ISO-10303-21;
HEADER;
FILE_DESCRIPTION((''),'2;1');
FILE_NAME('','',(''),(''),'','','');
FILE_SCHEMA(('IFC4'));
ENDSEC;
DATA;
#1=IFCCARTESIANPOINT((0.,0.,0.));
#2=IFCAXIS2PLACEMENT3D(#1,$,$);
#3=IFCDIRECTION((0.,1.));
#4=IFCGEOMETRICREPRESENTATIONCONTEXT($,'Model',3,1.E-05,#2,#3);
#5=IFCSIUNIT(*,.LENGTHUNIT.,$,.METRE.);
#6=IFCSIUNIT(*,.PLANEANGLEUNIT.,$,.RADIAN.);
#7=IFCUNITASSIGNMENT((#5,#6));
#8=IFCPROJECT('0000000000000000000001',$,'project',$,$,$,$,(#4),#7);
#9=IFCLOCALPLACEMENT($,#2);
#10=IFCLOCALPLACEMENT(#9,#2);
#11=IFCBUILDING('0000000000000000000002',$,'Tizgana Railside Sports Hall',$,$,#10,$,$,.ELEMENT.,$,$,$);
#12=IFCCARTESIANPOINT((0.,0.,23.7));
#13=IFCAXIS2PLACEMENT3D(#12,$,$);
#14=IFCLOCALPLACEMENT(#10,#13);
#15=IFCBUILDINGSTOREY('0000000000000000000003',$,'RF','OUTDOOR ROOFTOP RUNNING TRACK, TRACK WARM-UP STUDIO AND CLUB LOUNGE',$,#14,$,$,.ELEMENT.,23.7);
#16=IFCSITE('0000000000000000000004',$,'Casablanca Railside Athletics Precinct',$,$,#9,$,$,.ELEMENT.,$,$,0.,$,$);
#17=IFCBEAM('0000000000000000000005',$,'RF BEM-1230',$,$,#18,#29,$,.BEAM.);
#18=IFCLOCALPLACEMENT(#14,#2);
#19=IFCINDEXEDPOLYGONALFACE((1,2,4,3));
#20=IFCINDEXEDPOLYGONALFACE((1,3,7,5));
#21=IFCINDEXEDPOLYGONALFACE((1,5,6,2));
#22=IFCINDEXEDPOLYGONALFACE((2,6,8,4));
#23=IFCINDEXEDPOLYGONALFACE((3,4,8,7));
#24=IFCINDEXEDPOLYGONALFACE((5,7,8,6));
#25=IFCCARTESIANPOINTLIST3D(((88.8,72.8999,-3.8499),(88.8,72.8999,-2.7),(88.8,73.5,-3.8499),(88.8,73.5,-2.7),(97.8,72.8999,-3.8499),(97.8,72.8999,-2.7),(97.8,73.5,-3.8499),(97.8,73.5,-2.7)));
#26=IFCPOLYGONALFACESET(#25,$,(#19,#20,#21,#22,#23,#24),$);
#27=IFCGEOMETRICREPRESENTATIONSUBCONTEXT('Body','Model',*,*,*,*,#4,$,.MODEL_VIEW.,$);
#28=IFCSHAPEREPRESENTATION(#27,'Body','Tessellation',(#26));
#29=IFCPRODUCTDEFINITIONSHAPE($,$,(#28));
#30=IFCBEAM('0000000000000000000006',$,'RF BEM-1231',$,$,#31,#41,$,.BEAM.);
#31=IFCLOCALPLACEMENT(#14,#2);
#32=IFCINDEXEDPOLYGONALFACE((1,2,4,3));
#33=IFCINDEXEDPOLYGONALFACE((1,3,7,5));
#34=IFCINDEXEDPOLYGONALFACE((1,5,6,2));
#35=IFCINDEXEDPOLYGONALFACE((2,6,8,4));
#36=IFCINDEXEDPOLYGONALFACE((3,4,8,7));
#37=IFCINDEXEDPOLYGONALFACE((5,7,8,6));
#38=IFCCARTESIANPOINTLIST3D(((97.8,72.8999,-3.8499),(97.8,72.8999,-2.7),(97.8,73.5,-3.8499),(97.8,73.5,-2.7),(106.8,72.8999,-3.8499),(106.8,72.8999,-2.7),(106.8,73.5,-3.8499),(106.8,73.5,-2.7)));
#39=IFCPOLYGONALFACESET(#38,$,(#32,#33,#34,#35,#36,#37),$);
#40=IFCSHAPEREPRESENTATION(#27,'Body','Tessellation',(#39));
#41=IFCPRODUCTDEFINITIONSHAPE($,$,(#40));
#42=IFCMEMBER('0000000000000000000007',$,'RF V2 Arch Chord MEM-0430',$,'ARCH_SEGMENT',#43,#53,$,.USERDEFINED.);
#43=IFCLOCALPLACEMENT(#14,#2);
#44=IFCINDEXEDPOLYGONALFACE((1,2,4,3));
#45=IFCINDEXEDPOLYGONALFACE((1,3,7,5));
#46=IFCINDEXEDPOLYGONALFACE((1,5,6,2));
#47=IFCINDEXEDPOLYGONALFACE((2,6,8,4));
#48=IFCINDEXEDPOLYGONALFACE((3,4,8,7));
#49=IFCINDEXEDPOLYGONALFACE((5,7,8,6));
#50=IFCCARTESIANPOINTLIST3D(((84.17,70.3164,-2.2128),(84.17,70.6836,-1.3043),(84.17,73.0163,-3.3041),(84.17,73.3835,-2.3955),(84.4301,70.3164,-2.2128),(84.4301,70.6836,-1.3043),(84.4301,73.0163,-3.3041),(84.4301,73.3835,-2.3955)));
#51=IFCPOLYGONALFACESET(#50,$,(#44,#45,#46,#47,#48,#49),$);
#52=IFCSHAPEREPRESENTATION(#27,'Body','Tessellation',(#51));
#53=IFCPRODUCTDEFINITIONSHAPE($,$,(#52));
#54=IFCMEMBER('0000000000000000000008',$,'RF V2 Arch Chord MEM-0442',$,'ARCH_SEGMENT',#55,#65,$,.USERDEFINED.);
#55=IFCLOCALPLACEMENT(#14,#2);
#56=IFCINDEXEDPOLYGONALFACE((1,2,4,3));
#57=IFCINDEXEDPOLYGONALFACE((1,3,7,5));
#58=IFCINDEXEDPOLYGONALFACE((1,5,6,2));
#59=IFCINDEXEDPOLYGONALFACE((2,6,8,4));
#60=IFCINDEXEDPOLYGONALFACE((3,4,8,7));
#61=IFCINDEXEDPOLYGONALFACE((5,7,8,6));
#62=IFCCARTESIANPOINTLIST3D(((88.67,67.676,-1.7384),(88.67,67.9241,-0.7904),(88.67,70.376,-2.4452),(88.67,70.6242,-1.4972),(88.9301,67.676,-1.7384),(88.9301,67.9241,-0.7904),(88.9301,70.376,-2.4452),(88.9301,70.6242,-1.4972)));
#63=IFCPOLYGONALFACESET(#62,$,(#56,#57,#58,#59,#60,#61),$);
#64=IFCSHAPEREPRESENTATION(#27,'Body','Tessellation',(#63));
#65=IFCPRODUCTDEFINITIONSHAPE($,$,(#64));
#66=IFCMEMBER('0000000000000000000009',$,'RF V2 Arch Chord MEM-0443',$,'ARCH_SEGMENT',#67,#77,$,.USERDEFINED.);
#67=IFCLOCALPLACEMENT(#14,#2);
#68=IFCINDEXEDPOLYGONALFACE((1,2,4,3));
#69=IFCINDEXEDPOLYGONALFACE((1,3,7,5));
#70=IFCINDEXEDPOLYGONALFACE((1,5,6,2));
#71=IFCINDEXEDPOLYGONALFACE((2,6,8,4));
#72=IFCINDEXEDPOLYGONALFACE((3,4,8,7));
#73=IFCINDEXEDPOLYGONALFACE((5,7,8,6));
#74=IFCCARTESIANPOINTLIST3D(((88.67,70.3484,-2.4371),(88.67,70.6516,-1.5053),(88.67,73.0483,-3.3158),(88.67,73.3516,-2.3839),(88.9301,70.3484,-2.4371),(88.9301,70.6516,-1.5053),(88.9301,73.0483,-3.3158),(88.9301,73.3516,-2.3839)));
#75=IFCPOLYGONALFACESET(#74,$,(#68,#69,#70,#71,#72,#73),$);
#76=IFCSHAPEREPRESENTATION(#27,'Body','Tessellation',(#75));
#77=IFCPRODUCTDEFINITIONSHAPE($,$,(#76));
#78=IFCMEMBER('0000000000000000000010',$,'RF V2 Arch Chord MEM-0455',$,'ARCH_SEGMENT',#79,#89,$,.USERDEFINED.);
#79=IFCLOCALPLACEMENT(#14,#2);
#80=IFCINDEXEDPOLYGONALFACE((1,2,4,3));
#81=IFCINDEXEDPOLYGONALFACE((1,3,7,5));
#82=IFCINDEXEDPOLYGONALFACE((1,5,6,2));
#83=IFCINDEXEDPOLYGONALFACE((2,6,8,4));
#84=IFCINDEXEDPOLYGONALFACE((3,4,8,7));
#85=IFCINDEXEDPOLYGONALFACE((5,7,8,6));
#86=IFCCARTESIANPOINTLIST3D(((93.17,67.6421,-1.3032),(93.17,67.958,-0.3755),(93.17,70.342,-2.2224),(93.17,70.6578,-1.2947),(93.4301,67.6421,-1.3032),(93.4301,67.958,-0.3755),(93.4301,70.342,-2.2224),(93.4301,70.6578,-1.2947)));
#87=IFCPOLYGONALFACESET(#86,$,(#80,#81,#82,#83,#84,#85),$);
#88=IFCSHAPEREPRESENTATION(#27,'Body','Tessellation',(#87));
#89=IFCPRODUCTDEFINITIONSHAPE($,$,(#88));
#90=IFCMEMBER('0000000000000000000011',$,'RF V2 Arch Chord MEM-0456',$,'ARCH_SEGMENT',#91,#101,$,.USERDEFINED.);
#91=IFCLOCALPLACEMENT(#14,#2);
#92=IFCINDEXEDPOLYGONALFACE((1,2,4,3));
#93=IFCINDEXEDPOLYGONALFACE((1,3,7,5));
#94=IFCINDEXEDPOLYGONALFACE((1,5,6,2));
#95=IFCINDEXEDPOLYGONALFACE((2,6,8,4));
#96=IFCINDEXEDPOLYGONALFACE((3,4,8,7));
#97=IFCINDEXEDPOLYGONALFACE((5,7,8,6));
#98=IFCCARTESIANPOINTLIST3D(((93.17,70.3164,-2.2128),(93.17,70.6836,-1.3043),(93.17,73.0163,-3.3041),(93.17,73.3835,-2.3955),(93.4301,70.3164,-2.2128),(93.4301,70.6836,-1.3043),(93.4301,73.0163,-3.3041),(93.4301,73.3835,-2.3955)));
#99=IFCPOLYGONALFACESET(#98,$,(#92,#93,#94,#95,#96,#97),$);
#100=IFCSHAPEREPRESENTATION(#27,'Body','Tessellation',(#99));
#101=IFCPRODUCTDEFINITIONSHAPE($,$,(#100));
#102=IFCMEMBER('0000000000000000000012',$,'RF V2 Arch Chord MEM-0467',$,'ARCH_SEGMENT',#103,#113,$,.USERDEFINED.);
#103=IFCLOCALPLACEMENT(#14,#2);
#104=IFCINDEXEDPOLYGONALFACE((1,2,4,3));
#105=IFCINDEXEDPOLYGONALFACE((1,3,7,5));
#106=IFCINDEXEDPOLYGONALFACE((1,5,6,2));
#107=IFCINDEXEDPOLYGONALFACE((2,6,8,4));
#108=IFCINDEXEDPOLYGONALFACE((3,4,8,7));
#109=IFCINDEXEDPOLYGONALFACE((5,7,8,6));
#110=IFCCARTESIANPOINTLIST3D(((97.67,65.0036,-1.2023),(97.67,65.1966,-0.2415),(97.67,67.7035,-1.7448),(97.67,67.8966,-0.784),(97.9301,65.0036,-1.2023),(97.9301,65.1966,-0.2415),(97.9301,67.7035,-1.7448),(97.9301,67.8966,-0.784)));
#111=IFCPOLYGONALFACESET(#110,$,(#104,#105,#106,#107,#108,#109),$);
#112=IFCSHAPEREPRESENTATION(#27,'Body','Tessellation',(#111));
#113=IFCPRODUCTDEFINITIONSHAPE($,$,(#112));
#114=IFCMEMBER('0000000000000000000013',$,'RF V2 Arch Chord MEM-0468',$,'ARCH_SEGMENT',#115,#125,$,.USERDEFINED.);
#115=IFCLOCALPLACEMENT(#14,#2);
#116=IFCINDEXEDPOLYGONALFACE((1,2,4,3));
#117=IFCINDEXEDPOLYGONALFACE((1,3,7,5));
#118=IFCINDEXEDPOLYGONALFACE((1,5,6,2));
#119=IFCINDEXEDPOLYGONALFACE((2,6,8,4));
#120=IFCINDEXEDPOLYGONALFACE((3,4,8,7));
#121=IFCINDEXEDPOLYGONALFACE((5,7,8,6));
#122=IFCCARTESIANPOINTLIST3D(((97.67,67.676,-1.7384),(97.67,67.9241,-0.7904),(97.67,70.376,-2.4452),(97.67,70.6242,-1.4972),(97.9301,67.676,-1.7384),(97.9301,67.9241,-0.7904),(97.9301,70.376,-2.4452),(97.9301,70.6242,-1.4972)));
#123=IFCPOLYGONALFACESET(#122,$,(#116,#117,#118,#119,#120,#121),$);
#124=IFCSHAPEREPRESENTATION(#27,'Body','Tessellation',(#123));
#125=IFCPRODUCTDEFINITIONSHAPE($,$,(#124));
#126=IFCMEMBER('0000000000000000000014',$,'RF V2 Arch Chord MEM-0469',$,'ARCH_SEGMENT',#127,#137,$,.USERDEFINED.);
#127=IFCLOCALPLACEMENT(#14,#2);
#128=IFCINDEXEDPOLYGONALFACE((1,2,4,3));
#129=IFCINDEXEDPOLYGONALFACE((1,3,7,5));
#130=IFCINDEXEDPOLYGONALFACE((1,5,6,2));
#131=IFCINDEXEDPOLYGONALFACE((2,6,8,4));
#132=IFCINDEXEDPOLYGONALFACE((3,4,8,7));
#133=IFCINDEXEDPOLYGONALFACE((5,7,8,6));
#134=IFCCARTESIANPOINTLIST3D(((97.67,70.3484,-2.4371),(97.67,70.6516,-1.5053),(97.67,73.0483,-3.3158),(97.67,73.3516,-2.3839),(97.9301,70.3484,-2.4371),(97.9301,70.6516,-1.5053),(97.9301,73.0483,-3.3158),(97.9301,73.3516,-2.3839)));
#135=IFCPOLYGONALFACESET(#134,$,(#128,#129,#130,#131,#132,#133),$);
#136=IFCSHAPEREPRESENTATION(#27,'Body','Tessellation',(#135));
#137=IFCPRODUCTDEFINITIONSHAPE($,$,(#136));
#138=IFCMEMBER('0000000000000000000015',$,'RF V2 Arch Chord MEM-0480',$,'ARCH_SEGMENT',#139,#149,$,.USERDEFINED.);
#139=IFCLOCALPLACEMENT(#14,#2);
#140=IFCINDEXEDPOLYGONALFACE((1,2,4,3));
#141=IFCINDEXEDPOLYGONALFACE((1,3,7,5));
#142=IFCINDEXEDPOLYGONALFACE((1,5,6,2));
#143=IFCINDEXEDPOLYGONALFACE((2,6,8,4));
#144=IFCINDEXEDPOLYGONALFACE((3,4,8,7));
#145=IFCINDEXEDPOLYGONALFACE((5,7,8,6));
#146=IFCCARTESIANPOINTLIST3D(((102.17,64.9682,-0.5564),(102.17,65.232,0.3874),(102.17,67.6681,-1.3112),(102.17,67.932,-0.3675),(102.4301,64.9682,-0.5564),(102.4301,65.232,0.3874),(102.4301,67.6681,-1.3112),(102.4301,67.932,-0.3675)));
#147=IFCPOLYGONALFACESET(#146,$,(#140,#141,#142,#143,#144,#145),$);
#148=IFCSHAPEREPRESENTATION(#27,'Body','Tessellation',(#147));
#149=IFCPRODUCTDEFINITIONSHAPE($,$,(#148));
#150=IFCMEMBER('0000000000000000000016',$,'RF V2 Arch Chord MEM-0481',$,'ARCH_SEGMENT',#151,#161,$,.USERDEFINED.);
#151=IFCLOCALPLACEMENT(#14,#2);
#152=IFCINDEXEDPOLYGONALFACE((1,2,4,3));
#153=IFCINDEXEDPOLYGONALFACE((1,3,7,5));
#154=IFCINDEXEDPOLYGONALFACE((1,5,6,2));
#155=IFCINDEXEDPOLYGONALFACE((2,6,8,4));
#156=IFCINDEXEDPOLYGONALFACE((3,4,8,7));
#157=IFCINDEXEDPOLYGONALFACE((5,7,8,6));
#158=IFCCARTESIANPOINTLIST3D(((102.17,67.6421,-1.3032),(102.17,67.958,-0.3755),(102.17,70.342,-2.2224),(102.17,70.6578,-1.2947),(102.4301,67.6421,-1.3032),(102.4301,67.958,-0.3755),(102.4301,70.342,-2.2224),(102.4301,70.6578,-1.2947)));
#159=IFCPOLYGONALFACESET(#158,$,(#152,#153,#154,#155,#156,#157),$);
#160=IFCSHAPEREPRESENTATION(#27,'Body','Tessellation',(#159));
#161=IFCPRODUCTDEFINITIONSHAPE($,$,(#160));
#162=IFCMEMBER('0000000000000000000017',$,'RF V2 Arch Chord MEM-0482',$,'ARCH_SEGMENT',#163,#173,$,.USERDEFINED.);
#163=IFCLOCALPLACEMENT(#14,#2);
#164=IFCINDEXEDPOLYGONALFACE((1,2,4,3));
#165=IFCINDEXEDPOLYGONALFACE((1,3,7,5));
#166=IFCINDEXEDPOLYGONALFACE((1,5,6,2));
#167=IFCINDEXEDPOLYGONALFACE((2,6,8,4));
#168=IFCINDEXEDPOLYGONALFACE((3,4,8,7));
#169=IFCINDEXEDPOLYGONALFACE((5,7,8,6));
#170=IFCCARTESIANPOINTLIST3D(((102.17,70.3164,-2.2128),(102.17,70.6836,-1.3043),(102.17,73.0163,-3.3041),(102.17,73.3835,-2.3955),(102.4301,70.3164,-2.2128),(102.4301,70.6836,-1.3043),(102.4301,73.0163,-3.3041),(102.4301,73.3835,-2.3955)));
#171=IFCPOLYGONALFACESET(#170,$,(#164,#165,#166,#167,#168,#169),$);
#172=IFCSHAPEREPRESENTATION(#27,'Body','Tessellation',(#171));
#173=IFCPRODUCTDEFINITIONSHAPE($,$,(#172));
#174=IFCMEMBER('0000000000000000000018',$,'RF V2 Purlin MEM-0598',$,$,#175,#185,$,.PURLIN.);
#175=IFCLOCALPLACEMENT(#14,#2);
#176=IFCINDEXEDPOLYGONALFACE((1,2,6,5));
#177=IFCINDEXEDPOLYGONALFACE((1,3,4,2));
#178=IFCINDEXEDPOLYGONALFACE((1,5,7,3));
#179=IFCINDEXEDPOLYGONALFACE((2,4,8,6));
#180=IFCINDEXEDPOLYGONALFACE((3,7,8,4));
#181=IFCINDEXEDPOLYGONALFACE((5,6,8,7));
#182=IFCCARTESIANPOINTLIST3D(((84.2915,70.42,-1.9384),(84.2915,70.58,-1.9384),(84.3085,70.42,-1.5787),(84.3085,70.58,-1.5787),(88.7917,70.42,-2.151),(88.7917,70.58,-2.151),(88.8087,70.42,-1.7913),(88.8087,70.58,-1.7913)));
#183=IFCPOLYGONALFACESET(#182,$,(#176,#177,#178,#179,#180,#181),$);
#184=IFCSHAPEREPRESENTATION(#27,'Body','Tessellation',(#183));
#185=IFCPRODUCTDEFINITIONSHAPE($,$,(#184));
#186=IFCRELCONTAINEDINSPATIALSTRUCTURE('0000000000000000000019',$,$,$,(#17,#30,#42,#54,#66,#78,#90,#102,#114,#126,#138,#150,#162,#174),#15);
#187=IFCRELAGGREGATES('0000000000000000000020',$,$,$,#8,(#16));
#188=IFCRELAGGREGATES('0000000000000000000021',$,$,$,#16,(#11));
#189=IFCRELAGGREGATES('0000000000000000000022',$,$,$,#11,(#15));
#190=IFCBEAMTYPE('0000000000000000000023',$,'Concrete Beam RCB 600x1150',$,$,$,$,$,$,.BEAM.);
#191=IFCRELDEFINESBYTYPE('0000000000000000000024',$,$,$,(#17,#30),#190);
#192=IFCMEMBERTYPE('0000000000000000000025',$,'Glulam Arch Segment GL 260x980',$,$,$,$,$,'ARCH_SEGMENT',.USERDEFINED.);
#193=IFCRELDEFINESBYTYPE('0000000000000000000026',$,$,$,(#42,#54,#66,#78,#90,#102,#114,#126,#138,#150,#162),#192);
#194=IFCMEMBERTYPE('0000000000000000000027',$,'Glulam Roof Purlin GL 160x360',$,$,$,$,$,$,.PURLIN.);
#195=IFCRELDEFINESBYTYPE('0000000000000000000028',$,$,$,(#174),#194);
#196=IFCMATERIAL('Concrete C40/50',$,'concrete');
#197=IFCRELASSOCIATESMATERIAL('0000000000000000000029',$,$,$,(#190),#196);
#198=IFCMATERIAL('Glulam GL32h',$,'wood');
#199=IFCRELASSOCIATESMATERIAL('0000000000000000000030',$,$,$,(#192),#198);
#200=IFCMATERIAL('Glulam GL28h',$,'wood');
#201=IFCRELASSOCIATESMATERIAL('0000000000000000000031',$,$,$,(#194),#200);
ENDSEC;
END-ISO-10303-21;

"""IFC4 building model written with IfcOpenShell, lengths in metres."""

from ifc_helpers import new_model, si_unit, direction, frame, origin, origin_2d, place, context, subcontext, project, spatial, rectangle, extrude, material, material_profile, profile_set, type_object, element, save


model = new_model("IFC4")

# Units and contexts
model_context = context("Model", 3, precision=1e-05, world=origin(), true_north=direction((0.0, 1.0)))
body_context = subcontext(model_context, "Body", "Model", "MODEL_VIEW")
ifc_project = project(units=[si_unit("LENGTHUNIT", "METRE"), si_unit("PLANEANGLEUNIT", "RADIAN")], contexts=[model_context])

# Site, building, storey
site_placement = place(None, origin())
site = spatial("IfcSite", under=ifc_project, at=site_placement, Name="Casablanca Railside Athletics Precinct", CompositionType="ELEMENT", RefElevation=0.0)
building_placement = place(site_placement, origin())
building = spatial("IfcBuilding", under=site, at=building_placement, Name="Tizgana Railside Sports Hall", CompositionType="ELEMENT")
storey_placement = place(building_placement, frame((0.0, 0.0, 23.7)))
storey = spatial("IfcBuildingStorey", under=building, at=storey_placement, Name="RF", Description="OUTDOOR ROOFTOP RUNNING TRACK, TRACK WARM-UP STUDIO AND CLUB LOUNGE", CompositionType="ELEMENT", Elevation=23.7)

# Beams
ifc_material_1 = material(Name="Concrete C40/50", Category="concrete")
ifc_material_profile_1 = material_profile(ifc_material_1, rectangle(XDim=0.6001, YDim=1.1499, at=origin_2d()), Name="RCB 600x1150")
ifc_profile_set_1 = profile_set([ifc_material_profile_1], Name="Concrete C40/50")
beam_type = type_object("IfcBeamType", Name="Concrete Beam RCB 600x1150", PredefinedType="BEAM", material=ifc_profile_set_1)
for number, where, z_axis, x_axis, name in (
    (1, (88.8, 73.2, -3.2749), (1.0, 0.0, 0.0), (0.0, 1.0, 0.0), "RF BEM-1230"),
    (2, (97.8, 73.2, -3.2749), (1.0, 0.0, 0.0), (0.0, 1.0, 0.0), "RF BEM-1231"),
):
    element("IfcBeam", number, at=place(storey_placement, frame(where, z_axis=z_axis, x_axis=x_axis)), inside=storey, type_object=beam_type, Name=name, PredefinedType="BEAM", context=body_context, shape_type="SweptSolid", body=[
        extrude(rectangle(XDim=0.6001, YDim=1.1499, at=origin_2d()), origin(), (0.0, 0.0, 1.0), 9.0),
    ])

# Members
ifc_material_2 = material(Name="Glulam GL32h", Category="wood")
ifc_material_profile_2 = material_profile(ifc_material_2, rectangle(XDim=0.26, YDim=0.98, at=origin_2d()), Name="GL 260x980")
ifc_profile_set_2 = profile_set([ifc_material_profile_2], Name="Glulam GL32h")
member_type_1 = type_object("IfcMemberType", Name="Glulam Arch Segment GL 260x980", ElementType="ARCH_SEGMENT", PredefinedType="USERDEFINED", material=ifc_profile_set_2)
member_1_placement = place(storey_placement, frame((84.3, 70.5, -1.7585), z_axis=(0.0, 0.927129, -0.374742), x_axis=(-1.0, 0.0, 0.0)))
element("IfcMember", 3, at=member_1_placement, inside=storey, type_object=member_type_1, Name="RF V2 Arch Chord MEM-0430", ObjectType="ARCH_SEGMENT", PredefinedType="USERDEFINED", context=body_context, shape_type="SweptSolid", body=[
    extrude(rectangle(XDim=0.26, YDim=0.98, at=origin_2d()), origin(), (0.0, 0.0, 1.0), 2.9121),
])
member_2_placement = place(storey_placement, frame((88.8, 67.8, -1.2644), z_axis=(0.0, 0.967402, -0.253244), x_axis=(-1.0, 0.0, 0.0)))
element("IfcMember", 4, at=member_2_placement, inside=storey, type_object=member_type_1, Name="RF V2 Arch Chord MEM-0442", ObjectType="ARCH_SEGMENT", PredefinedType="USERDEFINED", context=body_context, shape_type="SweptSolid", body=[
    extrude(rectangle(XDim=0.26, YDim=0.98, at=origin_2d()), origin(), (0.0, 0.0, 1.0), 2.791),
])
member_3_placement = place(storey_placement, frame((88.8, 70.5, -1.9712), z_axis=(0.0, 0.950912, -0.309461), x_axis=(-1.0, 0.0, 0.0)))
element("IfcMember", 5, at=member_3_placement, inside=storey, type_object=member_type_1, Name="RF V2 Arch Chord MEM-0443", ObjectType="ARCH_SEGMENT", PredefinedType="USERDEFINED", context=body_context, shape_type="SweptSolid", body=[
    extrude(rectangle(XDim=0.26, YDim=0.98, at=origin_2d()), origin(), (0.0, 0.0, 1.0), 2.8394),
])
member_4_placement = place(storey_placement, frame((93.3, 67.8, -0.8394), z_axis=(0.0, 0.946644, -0.322282), x_axis=(-1.0, 0.0, 0.0)))
element("IfcMember", 6, at=member_4_placement, inside=storey, type_object=member_type_1, Name="RF V2 Arch Chord MEM-0455", ObjectType="ARCH_SEGMENT", PredefinedType="USERDEFINED", context=body_context, shape_type="SweptSolid", body=[
    extrude(rectangle(XDim=0.26, YDim=0.98, at=origin_2d()), origin(), (0.0, 0.0, 1.0), 2.8521),
])
member_5_placement = place(storey_placement, frame((93.3, 70.5, -1.7585), z_axis=(0.0, 0.927129, -0.374742), x_axis=(-1.0, 0.0, 0.0)))
element("IfcMember", 7, at=member_5_placement, inside=storey, type_object=member_type_1, Name="RF V2 Arch Chord MEM-0456", ObjectType="ARCH_SEGMENT", PredefinedType="USERDEFINED", context=body_context, shape_type="SweptSolid", body=[
    extrude(rectangle(XDim=0.26, YDim=0.98, at=origin_2d()), origin(), (0.0, 0.0, 1.0), 2.9121),
])
member_6_placement = place(storey_placement, frame((97.8, 65.1001, -0.7219), z_axis=(0.0, 0.980406, -0.196986), x_axis=(-1.0, 0.0, 0.0)))
element("IfcMember", 8, at=member_6_placement, inside=storey, type_object=member_type_1, Name="RF V2 Arch Chord MEM-0467", ObjectType="ARCH_SEGMENT", PredefinedType="USERDEFINED", context=body_context, shape_type="SweptSolid", body=[
    extrude(rectangle(XDim=0.26, YDim=0.98, at=origin_2d()), origin(), (0.0, 0.0, 1.0), 2.7539),
])
member_7_placement = place(storey_placement, frame((97.8, 67.8, -1.2644), z_axis=(0.0, 0.967402, -0.253244), x_axis=(-1.0, 0.0, 0.0)))
element("IfcMember", 9, at=member_7_placement, inside=storey, type_object=member_type_1, Name="RF V2 Arch Chord MEM-0468", ObjectType="ARCH_SEGMENT", PredefinedType="USERDEFINED", context=body_context, shape_type="SweptSolid", body=[
    extrude(rectangle(XDim=0.26, YDim=0.98, at=origin_2d()), origin(), (0.0, 0.0, 1.0), 2.791),
])
member_8_placement = place(storey_placement, frame((97.8, 70.5, -1.9712), z_axis=(0.0, 0.950912, -0.309461), x_axis=(-1.0, 0.0, 0.0)))
element("IfcMember", 10, at=member_8_placement, inside=storey, type_object=member_type_1, Name="RF V2 Arch Chord MEM-0469", ObjectType="ARCH_SEGMENT", PredefinedType="USERDEFINED", context=body_context, shape_type="SweptSolid", body=[
    extrude(rectangle(XDim=0.26, YDim=0.98, at=origin_2d()), origin(), (0.0, 0.0, 1.0), 2.8394),
])
member_9_placement = place(storey_placement, frame((102.3, 65.1001, -0.0845), z_axis=(0.0, 0.963066, -0.269265), x_axis=(-1.0, 0.0, 0.0)))
element("IfcMember", 11, at=member_9_placement, inside=storey, type_object=member_type_1, Name="RF V2 Arch Chord MEM-0480", ObjectType="ARCH_SEGMENT", PredefinedType="USERDEFINED", context=body_context, shape_type="SweptSolid", body=[
    extrude(rectangle(XDim=0.26, YDim=0.98, at=origin_2d()), origin(), (0.0, 0.0, 1.0), 2.8035),
])
member_10_placement = place(storey_placement, frame((102.3, 67.8, -0.8394), z_axis=(0.0, 0.946644, -0.322282), x_axis=(-1.0, 0.0, 0.0)))
element("IfcMember", 12, at=member_10_placement, inside=storey, type_object=member_type_1, Name="RF V2 Arch Chord MEM-0481", ObjectType="ARCH_SEGMENT", PredefinedType="USERDEFINED", context=body_context, shape_type="SweptSolid", body=[
    extrude(rectangle(XDim=0.26, YDim=0.98, at=origin_2d()), origin(), (0.0, 0.0, 1.0), 2.8521),
])
member_11_placement = place(storey_placement, frame((102.3, 70.5, -1.7585), z_axis=(0.0, 0.927129, -0.374742), x_axis=(-1.0, 0.0, 0.0)))
element("IfcMember", 13, at=member_11_placement, inside=storey, type_object=member_type_1, Name="RF V2 Arch Chord MEM-0482", ObjectType="ARCH_SEGMENT", PredefinedType="USERDEFINED", context=body_context, shape_type="SweptSolid", body=[
    extrude(rectangle(XDim=0.26, YDim=0.98, at=origin_2d()), origin(), (0.0, 0.0, 1.0), 2.9121),
])
ifc_material_3 = material(Name="Glulam GL28h", Category="wood")
ifc_material_profile_3 = material_profile(ifc_material_3, rectangle(XDim=0.1599, YDim=0.3601, at=origin_2d()), Name="GL 160x360")
ifc_profile_set_3 = profile_set([ifc_material_profile_3], Name="Glulam GL28h")
member_type_2 = type_object("IfcMemberType", Name="Glulam Roof Purlin GL 160x360", PredefinedType="PURLIN", material=ifc_profile_set_3)
member_12_placement = place(storey_placement, frame((84.3, 70.5, -1.7585), z_axis=(0.998885, 0.0, -0.047202), x_axis=(0.0, 1.0, 0.0)))
element("IfcMember", 14, at=member_12_placement, inside=storey, type_object=member_type_2, Name="RF V2 Purlin MEM-0598", PredefinedType="PURLIN", context=body_context, shape_type="SweptSolid", body=[
    extrude(rectangle(XDim=0.1599, YDim=0.3601, at=origin_2d()), origin(), (0.0, 0.0, 1.0), 4.5051),
])

save(model, "model.ifc")
